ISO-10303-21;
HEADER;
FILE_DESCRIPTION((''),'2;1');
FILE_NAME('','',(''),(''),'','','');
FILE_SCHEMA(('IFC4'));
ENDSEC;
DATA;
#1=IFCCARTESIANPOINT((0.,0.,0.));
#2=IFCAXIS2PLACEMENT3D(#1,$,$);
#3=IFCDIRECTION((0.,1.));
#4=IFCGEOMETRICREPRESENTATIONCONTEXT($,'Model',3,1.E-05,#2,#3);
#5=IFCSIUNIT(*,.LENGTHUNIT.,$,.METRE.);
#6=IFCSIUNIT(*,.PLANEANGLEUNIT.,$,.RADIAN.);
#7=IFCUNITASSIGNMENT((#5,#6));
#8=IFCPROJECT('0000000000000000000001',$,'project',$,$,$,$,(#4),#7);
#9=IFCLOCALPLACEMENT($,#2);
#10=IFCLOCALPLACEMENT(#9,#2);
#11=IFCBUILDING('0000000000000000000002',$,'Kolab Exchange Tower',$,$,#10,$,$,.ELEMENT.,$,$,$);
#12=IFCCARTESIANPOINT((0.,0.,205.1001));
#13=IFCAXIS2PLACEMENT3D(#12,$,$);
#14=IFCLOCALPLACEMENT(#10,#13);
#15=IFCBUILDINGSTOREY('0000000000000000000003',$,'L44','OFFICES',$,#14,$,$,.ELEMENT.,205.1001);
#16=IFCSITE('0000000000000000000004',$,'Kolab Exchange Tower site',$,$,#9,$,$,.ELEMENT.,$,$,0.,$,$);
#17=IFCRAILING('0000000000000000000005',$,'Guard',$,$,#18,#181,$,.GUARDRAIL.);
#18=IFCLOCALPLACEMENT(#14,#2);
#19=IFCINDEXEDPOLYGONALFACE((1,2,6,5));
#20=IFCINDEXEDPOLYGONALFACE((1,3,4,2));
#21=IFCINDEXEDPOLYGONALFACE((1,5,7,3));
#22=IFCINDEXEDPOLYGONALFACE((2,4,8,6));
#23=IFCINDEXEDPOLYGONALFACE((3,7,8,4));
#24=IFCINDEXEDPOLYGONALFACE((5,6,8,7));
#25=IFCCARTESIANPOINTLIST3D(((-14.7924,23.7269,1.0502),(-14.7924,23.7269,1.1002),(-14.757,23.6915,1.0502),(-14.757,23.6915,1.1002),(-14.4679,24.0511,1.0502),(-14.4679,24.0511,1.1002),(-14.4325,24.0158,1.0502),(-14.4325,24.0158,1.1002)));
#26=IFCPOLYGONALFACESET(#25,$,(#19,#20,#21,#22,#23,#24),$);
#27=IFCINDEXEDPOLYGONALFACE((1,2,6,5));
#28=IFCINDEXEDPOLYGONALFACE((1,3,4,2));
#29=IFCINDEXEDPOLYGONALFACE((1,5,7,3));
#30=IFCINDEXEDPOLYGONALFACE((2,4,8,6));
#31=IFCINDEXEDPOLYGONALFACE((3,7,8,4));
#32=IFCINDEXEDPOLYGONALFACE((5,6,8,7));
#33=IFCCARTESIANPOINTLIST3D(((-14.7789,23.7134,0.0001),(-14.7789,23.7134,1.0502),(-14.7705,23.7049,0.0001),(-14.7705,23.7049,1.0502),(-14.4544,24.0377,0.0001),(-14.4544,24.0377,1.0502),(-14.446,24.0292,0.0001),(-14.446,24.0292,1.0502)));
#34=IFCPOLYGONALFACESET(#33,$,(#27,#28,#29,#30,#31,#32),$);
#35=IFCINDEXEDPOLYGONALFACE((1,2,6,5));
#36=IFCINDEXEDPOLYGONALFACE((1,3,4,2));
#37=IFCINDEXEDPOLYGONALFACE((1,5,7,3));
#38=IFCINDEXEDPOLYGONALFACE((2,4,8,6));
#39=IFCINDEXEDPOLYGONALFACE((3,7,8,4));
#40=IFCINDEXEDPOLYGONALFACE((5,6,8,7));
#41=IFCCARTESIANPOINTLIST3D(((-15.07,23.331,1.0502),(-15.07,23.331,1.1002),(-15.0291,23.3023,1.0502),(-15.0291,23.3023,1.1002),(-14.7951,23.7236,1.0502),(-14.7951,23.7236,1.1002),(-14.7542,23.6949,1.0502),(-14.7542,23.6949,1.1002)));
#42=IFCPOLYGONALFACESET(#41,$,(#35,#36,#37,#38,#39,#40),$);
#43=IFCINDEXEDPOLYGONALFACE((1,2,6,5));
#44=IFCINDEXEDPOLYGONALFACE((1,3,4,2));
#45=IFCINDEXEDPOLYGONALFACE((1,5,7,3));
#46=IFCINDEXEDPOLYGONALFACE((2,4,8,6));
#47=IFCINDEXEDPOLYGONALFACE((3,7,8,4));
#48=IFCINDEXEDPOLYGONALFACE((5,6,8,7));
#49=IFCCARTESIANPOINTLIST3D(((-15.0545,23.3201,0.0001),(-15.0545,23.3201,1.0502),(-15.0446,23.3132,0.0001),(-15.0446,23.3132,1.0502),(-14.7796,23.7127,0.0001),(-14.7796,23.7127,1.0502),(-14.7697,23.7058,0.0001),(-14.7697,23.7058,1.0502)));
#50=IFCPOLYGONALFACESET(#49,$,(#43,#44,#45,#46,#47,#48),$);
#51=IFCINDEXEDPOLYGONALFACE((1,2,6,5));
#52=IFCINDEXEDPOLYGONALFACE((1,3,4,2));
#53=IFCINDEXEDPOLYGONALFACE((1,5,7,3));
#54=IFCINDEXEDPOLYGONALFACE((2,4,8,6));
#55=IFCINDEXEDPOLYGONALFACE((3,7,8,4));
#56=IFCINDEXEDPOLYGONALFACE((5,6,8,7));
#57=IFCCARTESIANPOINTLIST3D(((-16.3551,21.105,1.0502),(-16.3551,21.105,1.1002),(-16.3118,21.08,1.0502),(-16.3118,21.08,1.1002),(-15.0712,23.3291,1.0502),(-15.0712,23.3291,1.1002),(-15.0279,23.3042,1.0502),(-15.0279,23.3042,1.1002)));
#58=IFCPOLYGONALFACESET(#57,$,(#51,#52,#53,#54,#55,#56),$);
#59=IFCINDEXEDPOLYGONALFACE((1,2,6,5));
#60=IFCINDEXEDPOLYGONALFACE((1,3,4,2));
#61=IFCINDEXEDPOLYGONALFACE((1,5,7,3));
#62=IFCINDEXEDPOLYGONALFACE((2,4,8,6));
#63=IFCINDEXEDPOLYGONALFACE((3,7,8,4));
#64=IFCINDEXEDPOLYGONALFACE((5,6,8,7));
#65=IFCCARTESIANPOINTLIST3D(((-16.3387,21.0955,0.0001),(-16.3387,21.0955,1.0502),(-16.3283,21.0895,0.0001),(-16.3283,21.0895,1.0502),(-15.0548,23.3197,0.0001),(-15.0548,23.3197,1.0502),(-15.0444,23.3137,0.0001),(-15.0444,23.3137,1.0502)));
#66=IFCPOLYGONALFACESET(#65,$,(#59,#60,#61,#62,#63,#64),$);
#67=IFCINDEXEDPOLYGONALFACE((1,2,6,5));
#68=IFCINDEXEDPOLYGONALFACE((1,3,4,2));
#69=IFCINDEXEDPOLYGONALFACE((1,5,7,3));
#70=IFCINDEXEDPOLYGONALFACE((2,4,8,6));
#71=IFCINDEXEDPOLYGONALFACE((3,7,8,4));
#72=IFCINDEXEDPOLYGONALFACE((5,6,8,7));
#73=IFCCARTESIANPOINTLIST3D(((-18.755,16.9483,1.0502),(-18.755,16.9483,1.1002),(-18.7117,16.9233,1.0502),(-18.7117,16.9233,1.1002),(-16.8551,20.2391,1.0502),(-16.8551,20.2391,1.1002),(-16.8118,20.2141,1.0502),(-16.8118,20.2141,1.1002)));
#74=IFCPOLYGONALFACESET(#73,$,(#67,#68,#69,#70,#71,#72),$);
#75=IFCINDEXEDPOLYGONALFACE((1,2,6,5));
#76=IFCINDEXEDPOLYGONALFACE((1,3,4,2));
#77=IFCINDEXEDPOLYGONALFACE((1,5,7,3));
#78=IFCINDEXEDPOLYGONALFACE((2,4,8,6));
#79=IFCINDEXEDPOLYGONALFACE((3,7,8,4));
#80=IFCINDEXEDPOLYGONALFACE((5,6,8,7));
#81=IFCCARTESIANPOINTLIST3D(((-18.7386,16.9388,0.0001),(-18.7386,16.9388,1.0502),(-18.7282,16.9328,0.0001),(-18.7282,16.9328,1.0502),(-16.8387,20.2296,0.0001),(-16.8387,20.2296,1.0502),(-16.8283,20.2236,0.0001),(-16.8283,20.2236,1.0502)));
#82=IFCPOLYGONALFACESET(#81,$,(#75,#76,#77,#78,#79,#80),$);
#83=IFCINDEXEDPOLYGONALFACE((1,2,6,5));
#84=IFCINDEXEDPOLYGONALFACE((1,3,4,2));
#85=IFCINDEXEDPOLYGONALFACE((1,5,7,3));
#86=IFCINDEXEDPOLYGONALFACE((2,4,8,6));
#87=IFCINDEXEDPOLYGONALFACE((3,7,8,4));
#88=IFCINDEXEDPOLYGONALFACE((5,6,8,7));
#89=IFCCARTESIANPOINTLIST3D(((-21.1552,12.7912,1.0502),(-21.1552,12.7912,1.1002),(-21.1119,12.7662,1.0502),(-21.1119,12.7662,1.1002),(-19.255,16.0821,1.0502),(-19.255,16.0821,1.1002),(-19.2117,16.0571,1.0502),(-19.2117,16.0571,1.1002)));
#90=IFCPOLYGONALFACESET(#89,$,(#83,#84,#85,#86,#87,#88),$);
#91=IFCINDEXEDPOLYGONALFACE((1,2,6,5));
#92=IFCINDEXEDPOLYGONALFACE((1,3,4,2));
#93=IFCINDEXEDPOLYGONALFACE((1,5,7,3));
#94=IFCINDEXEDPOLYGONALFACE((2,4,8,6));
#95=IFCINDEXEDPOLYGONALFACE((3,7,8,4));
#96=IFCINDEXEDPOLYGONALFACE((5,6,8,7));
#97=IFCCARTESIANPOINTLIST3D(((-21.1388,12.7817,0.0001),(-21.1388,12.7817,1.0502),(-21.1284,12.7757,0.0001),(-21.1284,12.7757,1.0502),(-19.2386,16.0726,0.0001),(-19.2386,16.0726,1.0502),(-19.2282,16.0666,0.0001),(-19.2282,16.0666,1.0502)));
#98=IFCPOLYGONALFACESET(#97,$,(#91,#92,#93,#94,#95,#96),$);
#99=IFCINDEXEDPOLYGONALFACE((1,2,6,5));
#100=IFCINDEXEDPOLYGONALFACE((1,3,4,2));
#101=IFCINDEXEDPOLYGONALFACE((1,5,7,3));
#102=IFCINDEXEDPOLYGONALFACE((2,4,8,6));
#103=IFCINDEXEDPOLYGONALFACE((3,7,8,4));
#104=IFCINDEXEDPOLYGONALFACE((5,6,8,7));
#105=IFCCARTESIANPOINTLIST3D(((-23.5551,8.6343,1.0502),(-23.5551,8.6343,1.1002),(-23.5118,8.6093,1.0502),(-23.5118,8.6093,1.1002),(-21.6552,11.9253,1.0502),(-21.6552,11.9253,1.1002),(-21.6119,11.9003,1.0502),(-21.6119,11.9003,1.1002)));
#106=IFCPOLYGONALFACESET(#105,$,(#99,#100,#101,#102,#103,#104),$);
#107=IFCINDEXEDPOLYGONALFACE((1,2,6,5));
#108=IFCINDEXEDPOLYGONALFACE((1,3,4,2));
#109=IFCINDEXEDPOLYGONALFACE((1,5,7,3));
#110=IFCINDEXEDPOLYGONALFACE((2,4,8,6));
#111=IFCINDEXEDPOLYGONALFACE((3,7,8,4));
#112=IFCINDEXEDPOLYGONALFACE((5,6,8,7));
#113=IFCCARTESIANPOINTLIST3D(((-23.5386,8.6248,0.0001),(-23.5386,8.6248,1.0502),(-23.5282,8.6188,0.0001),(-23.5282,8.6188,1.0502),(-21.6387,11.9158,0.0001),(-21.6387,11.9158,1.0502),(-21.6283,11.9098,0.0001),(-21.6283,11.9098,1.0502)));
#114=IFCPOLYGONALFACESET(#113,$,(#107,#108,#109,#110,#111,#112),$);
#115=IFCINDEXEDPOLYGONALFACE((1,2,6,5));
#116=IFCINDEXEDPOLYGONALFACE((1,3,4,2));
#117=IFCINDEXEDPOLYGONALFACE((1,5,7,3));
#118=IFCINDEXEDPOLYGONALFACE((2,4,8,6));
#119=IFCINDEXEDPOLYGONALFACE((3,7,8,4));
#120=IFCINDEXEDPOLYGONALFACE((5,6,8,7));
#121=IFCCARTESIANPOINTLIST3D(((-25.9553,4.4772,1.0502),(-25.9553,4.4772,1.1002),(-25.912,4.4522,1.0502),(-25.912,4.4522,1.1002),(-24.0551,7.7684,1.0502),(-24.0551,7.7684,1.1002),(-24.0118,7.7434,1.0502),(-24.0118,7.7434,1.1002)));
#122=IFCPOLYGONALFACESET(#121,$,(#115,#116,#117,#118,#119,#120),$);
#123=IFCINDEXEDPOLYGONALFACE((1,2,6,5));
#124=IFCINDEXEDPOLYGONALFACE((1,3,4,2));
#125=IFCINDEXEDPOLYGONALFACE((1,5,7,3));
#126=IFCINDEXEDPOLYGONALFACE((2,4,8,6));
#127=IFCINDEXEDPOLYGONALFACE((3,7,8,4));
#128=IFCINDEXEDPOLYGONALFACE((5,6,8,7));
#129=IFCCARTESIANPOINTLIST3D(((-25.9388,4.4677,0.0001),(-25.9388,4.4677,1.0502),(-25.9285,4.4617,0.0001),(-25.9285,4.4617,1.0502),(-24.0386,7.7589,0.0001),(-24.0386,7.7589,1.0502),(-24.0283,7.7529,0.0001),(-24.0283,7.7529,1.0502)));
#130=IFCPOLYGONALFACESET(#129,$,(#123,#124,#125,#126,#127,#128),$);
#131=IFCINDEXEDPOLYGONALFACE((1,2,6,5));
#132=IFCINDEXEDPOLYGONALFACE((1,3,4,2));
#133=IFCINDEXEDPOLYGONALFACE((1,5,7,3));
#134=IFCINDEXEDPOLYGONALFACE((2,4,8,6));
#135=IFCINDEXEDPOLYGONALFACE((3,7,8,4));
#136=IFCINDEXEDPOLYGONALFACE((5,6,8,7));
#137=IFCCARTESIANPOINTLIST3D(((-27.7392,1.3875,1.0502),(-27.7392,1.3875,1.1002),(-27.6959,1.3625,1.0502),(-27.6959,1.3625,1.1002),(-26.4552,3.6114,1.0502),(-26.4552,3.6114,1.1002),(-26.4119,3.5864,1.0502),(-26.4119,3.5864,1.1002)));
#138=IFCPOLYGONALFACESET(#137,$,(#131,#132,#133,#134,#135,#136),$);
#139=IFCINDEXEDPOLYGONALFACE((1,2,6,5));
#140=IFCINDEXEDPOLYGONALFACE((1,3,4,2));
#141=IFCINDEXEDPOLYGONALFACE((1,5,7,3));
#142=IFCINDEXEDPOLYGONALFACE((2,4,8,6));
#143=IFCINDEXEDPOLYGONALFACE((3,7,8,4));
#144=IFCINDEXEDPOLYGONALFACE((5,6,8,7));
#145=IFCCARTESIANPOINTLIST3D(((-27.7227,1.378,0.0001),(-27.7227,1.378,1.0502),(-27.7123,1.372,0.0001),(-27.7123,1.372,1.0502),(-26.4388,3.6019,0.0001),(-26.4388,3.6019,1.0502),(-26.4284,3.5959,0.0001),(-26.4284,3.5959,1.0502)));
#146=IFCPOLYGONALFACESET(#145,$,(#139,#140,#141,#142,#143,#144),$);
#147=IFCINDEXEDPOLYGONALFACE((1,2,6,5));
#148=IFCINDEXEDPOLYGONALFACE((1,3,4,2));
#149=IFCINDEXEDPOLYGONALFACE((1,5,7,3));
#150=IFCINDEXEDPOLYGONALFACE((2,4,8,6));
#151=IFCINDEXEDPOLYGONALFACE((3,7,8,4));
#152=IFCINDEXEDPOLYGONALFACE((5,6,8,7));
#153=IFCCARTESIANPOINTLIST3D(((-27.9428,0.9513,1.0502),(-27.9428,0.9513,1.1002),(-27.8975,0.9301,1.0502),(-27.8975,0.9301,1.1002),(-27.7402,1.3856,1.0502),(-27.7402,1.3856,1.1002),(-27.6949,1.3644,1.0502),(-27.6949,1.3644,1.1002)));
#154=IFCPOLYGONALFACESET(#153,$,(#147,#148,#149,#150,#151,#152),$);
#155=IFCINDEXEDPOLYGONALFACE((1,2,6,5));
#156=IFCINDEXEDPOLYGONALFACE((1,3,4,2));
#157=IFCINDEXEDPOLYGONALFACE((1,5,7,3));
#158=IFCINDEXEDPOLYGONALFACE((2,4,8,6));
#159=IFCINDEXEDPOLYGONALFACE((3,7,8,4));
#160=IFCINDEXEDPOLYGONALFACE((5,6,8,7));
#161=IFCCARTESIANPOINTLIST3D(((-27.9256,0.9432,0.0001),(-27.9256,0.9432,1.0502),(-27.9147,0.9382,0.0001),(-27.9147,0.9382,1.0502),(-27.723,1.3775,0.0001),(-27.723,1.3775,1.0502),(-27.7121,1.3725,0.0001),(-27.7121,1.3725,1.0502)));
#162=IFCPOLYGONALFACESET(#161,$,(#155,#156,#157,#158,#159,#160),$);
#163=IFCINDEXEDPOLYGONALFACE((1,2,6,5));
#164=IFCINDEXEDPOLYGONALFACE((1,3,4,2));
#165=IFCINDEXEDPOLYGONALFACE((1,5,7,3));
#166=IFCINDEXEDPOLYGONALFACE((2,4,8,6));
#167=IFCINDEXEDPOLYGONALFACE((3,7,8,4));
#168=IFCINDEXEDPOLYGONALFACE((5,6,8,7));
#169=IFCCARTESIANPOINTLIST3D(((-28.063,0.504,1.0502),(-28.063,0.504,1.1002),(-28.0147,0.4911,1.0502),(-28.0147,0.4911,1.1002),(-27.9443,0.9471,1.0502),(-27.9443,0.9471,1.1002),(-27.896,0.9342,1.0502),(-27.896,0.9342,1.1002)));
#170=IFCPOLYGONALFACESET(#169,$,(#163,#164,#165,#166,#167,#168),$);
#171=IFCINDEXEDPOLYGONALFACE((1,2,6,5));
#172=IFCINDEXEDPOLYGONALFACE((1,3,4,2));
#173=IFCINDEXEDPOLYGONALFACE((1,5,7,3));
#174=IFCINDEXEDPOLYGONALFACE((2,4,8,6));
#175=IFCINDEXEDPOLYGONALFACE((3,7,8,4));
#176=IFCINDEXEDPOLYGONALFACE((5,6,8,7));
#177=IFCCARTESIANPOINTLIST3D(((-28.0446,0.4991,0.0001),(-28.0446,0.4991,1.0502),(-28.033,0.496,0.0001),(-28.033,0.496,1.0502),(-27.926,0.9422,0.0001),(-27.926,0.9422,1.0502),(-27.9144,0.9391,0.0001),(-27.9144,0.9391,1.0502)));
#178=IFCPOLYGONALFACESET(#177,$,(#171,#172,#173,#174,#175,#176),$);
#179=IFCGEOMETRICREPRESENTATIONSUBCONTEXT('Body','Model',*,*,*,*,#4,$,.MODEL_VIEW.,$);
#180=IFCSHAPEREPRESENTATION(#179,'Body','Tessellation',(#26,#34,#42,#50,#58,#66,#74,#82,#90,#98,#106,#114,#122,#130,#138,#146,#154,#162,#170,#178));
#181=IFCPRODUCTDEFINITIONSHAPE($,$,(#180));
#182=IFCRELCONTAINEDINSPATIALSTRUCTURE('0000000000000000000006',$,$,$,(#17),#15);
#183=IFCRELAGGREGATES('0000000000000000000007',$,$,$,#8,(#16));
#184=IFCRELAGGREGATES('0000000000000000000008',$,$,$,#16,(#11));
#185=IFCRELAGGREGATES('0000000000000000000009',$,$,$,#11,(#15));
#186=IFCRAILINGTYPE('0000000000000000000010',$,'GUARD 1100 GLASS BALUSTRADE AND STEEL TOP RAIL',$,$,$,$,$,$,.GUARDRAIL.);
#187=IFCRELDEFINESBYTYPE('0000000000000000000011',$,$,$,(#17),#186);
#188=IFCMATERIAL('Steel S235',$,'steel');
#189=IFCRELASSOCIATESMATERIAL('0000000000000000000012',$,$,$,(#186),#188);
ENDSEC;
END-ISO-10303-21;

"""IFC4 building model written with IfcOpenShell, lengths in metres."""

from ifc_helpers import new_model, si_unit, direction, frame, frame_2d, origin, origin_2d, place, context, subcontext, project, spatial, rectangle, extrude, material, type_object, element, save


model = new_model("IFC4")

# Units and contexts
model_context = context("Model", 3, precision=1e-05, world=origin(), true_north=direction((0.0, 1.0)))
body_context = subcontext(model_context, "Body", "Model", "MODEL_VIEW")
ifc_project = project(units=[si_unit("LENGTHUNIT", "METRE"), si_unit("PLANEANGLEUNIT", "RADIAN")], contexts=[model_context])

# Site, building, storey
site_placement = place(None, origin())
site = spatial("IfcSite", under=ifc_project, at=site_placement, Name="Kolab Exchange Tower site", CompositionType="ELEMENT", RefElevation=0.0)
building_placement = place(site_placement, origin())
building = spatial("IfcBuilding", under=site, at=building_placement, Name="Kolab Exchange Tower", CompositionType="ELEMENT")
storey_placement = place(building_placement, frame((0.0, 0.0, 205.1001)))
storey = spatial("IfcBuildingStorey", under=building, at=storey_placement, Name="L44", Description="OFFICES", CompositionType="ELEMENT", Elevation=205.1001)

# Shared definitions
ifc_material_1 = material(Name="Steel S235", Category="steel")

# Railing
railing_type = type_object("IfcRailingType", Name="GUARD 1100 GLASS BALUSTRADE AND STEEL TOP RAIL", PredefinedType="GUARDRAIL", material=ifc_material_1)
railing_placement = place(storey_placement, frame((-14.4502, 24.0334, 0.0)))
element("IfcRailing", 1, at=railing_placement, inside=storey, type_object=railing_type, Name="Guard", PredefinedType="GUARDRAIL", context=body_context, shape_type="SweptSolid", body=[
    extrude(rectangle(XDim=0.05, YDim=0.05, at=origin_2d()), frame((0.0, 0.0, 1.0752), z_axis=(-0.707373, -0.706841, 0.0), x_axis=(0.706841, -0.707373, 0.0)), (0.0, 0.0, 1.0), 0.4587),
    extrude(rectangle(XDim=0.012, YDim=1.0501, at=frame_2d((0.0, 0.5251))), frame((0.0, 0.0, 0.0), z_axis=(-0.707373, -0.706841, 0.0), x_axis=(0.706841, -0.707373, 0.0)), (0.0, 0.0, 1.0), 0.4587),
    extrude(rectangle(XDim=0.05, YDim=0.05, at=origin_2d()), frame((-0.3245, -0.3242, 1.0752), z_axis=(-0.573599, -0.819136, 0.0), x_axis=(0.819136, -0.573599, 0.0)), (0.0, 0.0, 1.0), 0.4792),
    extrude(rectangle(XDim=0.012, YDim=1.0501, at=frame_2d((0.0, 0.5251))), frame((-0.3245, -0.3242, 0.0), z_axis=(-0.573599, -0.819136, 0.0), x_axis=(0.819136, -0.573599, 0.0)), (0.0, 0.0, 1.0), 0.4792),
    extrude(rectangle(XDim=0.05, YDim=0.05, at=origin_2d()), frame((-0.5994, -0.7168, 1.0752), z_axis=(-0.499953, -0.866053, 0.0), x_axis=(0.866053, -0.499953, 0.0)), (0.0, 0.0, 1.0), 2.5681),
    extrude(rectangle(XDim=0.012, YDim=1.0501, at=frame_2d((0.0, 0.5251))), frame((-0.5994, -0.7168, 0.0), z_axis=(-0.499953, -0.866053, 0.0), x_axis=(0.866053, -0.499953, 0.0)), (0.0, 0.0, 1.0), 2.5681),
    extrude(rectangle(XDim=0.05, YDim=0.05, at=origin_2d()), frame((-2.3833, -3.8069, 1.0752), z_axis=(-0.499995, -0.866028, 0.0), x_axis=(0.866028, -0.499995, 0.0)), (0.0, 0.0, 1.0), 3.7998),
    extrude(rectangle(XDim=0.012, YDim=1.0501, at=frame_2d((0.0, 0.5251))), frame((-2.3833, -3.8069, 0.0), z_axis=(-0.499995, -0.866028, 0.0), x_axis=(0.866028, -0.499995, 0.0)), (0.0, 0.0, 1.0), 3.7998),
    extrude(rectangle(XDim=0.05, YDim=0.05, at=origin_2d()), frame((-4.7832, -7.9639, 1.0752), z_axis=(-0.500043, -0.866, 0.0), x_axis=(0.866, -0.500043, 0.0)), (0.0, 0.0, 1.0), 3.8),
    extrude(rectangle(XDim=0.012, YDim=1.0501, at=frame_2d((0.0, 0.5251))), frame((-4.7832, -7.9639, 0.0), z_axis=(-0.500043, -0.866, 0.0), x_axis=(0.866, -0.500043, 0.0)), (0.0, 0.0, 1.0), 3.8),
    extrude(rectangle(XDim=0.05, YDim=0.05, at=origin_2d()), frame((-7.1833, -12.1206, 1.0752), z_axis=(-0.499967, -0.866044, 0.0), x_axis=(0.866044, -0.499967, 0.0)), (0.0, 0.0, 1.0), 3.8),
    extrude(rectangle(XDim=0.012, YDim=1.0501, at=frame_2d((0.0, 0.5251))), frame((-7.1833, -12.1206, 0.0), z_axis=(-0.499967, -0.866044, 0.0), x_axis=(0.866044, -0.499967, 0.0)), (0.0, 0.0, 1.0), 3.8),
    extrude(rectangle(XDim=0.05, YDim=0.05, at=origin_2d()), frame((-9.5833, -16.2776, 1.0752), z_axis=(-0.500015, -0.866017, 0.0), x_axis=(0.866017, -0.500015, 0.0)), (0.0, 0.0, 1.0), 3.8003),
    extrude(rectangle(XDim=0.012, YDim=1.0501, at=frame_2d((0.0, 0.5251))), frame((-9.5833, -16.2776, 0.0), z_axis=(-0.500015, -0.866017, 0.0), x_axis=(0.866017, -0.500015, 0.0)), (0.0, 0.0, 1.0), 3.8003),
    extrude(rectangle(XDim=0.05, YDim=0.05, at=origin_2d()), frame((-11.9834, -20.4346, 1.0752), z_axis=(-0.499994, -0.866029, 0.0), x_axis=(0.866029, -0.499994, 0.0)), (0.0, 0.0, 1.0), 2.5679),
    extrude(rectangle(XDim=0.012, YDim=1.0501, at=frame_2d((0.0, 0.5251))), frame((-11.9834, -20.4346, 0.0), z_axis=(-0.499994, -0.866029, 0.0), x_axis=(0.866029, -0.499994, 0.0)), (0.0, 0.0, 1.0), 2.5679),
    extrude(rectangle(XDim=0.05, YDim=0.05, at=origin_2d()), frame((-13.2673, -22.6584, 1.0752), z_axis=(-0.422802, -0.906222, 0.0), x_axis=(0.906222, -0.422802, 0.0)), (0.0, 0.0, 1.0), 0.4792),
    extrude(rectangle(XDim=0.012, YDim=1.0501, at=frame_2d((0.0, 0.5251))), frame((-13.2673, -22.6584, 0.0), z_axis=(-0.422802, -0.906222, 0.0), x_axis=(0.906222, -0.422802, 0.0)), (0.0, 0.0, 1.0), 0.4792),
    extrude(rectangle(XDim=0.05, YDim=0.05, at=origin_2d()), frame((-13.47, -23.0928, 1.0752), z_axis=(-0.258656, -0.965969, 0.0), x_axis=(0.965969, -0.258656, 0.0)), (0.0, 0.0, 1.0), 0.4587),
    extrude(rectangle(XDim=0.012, YDim=1.0501, at=frame_2d((0.0, 0.5251))), frame((-13.47, -23.0928, 0.0), z_axis=(-0.258656, -0.965969, 0.0), x_axis=(0.965969, -0.258656, 0.0)), (0.0, 0.0, 1.0), 0.4587),
])

save(model, "model.ifc")
